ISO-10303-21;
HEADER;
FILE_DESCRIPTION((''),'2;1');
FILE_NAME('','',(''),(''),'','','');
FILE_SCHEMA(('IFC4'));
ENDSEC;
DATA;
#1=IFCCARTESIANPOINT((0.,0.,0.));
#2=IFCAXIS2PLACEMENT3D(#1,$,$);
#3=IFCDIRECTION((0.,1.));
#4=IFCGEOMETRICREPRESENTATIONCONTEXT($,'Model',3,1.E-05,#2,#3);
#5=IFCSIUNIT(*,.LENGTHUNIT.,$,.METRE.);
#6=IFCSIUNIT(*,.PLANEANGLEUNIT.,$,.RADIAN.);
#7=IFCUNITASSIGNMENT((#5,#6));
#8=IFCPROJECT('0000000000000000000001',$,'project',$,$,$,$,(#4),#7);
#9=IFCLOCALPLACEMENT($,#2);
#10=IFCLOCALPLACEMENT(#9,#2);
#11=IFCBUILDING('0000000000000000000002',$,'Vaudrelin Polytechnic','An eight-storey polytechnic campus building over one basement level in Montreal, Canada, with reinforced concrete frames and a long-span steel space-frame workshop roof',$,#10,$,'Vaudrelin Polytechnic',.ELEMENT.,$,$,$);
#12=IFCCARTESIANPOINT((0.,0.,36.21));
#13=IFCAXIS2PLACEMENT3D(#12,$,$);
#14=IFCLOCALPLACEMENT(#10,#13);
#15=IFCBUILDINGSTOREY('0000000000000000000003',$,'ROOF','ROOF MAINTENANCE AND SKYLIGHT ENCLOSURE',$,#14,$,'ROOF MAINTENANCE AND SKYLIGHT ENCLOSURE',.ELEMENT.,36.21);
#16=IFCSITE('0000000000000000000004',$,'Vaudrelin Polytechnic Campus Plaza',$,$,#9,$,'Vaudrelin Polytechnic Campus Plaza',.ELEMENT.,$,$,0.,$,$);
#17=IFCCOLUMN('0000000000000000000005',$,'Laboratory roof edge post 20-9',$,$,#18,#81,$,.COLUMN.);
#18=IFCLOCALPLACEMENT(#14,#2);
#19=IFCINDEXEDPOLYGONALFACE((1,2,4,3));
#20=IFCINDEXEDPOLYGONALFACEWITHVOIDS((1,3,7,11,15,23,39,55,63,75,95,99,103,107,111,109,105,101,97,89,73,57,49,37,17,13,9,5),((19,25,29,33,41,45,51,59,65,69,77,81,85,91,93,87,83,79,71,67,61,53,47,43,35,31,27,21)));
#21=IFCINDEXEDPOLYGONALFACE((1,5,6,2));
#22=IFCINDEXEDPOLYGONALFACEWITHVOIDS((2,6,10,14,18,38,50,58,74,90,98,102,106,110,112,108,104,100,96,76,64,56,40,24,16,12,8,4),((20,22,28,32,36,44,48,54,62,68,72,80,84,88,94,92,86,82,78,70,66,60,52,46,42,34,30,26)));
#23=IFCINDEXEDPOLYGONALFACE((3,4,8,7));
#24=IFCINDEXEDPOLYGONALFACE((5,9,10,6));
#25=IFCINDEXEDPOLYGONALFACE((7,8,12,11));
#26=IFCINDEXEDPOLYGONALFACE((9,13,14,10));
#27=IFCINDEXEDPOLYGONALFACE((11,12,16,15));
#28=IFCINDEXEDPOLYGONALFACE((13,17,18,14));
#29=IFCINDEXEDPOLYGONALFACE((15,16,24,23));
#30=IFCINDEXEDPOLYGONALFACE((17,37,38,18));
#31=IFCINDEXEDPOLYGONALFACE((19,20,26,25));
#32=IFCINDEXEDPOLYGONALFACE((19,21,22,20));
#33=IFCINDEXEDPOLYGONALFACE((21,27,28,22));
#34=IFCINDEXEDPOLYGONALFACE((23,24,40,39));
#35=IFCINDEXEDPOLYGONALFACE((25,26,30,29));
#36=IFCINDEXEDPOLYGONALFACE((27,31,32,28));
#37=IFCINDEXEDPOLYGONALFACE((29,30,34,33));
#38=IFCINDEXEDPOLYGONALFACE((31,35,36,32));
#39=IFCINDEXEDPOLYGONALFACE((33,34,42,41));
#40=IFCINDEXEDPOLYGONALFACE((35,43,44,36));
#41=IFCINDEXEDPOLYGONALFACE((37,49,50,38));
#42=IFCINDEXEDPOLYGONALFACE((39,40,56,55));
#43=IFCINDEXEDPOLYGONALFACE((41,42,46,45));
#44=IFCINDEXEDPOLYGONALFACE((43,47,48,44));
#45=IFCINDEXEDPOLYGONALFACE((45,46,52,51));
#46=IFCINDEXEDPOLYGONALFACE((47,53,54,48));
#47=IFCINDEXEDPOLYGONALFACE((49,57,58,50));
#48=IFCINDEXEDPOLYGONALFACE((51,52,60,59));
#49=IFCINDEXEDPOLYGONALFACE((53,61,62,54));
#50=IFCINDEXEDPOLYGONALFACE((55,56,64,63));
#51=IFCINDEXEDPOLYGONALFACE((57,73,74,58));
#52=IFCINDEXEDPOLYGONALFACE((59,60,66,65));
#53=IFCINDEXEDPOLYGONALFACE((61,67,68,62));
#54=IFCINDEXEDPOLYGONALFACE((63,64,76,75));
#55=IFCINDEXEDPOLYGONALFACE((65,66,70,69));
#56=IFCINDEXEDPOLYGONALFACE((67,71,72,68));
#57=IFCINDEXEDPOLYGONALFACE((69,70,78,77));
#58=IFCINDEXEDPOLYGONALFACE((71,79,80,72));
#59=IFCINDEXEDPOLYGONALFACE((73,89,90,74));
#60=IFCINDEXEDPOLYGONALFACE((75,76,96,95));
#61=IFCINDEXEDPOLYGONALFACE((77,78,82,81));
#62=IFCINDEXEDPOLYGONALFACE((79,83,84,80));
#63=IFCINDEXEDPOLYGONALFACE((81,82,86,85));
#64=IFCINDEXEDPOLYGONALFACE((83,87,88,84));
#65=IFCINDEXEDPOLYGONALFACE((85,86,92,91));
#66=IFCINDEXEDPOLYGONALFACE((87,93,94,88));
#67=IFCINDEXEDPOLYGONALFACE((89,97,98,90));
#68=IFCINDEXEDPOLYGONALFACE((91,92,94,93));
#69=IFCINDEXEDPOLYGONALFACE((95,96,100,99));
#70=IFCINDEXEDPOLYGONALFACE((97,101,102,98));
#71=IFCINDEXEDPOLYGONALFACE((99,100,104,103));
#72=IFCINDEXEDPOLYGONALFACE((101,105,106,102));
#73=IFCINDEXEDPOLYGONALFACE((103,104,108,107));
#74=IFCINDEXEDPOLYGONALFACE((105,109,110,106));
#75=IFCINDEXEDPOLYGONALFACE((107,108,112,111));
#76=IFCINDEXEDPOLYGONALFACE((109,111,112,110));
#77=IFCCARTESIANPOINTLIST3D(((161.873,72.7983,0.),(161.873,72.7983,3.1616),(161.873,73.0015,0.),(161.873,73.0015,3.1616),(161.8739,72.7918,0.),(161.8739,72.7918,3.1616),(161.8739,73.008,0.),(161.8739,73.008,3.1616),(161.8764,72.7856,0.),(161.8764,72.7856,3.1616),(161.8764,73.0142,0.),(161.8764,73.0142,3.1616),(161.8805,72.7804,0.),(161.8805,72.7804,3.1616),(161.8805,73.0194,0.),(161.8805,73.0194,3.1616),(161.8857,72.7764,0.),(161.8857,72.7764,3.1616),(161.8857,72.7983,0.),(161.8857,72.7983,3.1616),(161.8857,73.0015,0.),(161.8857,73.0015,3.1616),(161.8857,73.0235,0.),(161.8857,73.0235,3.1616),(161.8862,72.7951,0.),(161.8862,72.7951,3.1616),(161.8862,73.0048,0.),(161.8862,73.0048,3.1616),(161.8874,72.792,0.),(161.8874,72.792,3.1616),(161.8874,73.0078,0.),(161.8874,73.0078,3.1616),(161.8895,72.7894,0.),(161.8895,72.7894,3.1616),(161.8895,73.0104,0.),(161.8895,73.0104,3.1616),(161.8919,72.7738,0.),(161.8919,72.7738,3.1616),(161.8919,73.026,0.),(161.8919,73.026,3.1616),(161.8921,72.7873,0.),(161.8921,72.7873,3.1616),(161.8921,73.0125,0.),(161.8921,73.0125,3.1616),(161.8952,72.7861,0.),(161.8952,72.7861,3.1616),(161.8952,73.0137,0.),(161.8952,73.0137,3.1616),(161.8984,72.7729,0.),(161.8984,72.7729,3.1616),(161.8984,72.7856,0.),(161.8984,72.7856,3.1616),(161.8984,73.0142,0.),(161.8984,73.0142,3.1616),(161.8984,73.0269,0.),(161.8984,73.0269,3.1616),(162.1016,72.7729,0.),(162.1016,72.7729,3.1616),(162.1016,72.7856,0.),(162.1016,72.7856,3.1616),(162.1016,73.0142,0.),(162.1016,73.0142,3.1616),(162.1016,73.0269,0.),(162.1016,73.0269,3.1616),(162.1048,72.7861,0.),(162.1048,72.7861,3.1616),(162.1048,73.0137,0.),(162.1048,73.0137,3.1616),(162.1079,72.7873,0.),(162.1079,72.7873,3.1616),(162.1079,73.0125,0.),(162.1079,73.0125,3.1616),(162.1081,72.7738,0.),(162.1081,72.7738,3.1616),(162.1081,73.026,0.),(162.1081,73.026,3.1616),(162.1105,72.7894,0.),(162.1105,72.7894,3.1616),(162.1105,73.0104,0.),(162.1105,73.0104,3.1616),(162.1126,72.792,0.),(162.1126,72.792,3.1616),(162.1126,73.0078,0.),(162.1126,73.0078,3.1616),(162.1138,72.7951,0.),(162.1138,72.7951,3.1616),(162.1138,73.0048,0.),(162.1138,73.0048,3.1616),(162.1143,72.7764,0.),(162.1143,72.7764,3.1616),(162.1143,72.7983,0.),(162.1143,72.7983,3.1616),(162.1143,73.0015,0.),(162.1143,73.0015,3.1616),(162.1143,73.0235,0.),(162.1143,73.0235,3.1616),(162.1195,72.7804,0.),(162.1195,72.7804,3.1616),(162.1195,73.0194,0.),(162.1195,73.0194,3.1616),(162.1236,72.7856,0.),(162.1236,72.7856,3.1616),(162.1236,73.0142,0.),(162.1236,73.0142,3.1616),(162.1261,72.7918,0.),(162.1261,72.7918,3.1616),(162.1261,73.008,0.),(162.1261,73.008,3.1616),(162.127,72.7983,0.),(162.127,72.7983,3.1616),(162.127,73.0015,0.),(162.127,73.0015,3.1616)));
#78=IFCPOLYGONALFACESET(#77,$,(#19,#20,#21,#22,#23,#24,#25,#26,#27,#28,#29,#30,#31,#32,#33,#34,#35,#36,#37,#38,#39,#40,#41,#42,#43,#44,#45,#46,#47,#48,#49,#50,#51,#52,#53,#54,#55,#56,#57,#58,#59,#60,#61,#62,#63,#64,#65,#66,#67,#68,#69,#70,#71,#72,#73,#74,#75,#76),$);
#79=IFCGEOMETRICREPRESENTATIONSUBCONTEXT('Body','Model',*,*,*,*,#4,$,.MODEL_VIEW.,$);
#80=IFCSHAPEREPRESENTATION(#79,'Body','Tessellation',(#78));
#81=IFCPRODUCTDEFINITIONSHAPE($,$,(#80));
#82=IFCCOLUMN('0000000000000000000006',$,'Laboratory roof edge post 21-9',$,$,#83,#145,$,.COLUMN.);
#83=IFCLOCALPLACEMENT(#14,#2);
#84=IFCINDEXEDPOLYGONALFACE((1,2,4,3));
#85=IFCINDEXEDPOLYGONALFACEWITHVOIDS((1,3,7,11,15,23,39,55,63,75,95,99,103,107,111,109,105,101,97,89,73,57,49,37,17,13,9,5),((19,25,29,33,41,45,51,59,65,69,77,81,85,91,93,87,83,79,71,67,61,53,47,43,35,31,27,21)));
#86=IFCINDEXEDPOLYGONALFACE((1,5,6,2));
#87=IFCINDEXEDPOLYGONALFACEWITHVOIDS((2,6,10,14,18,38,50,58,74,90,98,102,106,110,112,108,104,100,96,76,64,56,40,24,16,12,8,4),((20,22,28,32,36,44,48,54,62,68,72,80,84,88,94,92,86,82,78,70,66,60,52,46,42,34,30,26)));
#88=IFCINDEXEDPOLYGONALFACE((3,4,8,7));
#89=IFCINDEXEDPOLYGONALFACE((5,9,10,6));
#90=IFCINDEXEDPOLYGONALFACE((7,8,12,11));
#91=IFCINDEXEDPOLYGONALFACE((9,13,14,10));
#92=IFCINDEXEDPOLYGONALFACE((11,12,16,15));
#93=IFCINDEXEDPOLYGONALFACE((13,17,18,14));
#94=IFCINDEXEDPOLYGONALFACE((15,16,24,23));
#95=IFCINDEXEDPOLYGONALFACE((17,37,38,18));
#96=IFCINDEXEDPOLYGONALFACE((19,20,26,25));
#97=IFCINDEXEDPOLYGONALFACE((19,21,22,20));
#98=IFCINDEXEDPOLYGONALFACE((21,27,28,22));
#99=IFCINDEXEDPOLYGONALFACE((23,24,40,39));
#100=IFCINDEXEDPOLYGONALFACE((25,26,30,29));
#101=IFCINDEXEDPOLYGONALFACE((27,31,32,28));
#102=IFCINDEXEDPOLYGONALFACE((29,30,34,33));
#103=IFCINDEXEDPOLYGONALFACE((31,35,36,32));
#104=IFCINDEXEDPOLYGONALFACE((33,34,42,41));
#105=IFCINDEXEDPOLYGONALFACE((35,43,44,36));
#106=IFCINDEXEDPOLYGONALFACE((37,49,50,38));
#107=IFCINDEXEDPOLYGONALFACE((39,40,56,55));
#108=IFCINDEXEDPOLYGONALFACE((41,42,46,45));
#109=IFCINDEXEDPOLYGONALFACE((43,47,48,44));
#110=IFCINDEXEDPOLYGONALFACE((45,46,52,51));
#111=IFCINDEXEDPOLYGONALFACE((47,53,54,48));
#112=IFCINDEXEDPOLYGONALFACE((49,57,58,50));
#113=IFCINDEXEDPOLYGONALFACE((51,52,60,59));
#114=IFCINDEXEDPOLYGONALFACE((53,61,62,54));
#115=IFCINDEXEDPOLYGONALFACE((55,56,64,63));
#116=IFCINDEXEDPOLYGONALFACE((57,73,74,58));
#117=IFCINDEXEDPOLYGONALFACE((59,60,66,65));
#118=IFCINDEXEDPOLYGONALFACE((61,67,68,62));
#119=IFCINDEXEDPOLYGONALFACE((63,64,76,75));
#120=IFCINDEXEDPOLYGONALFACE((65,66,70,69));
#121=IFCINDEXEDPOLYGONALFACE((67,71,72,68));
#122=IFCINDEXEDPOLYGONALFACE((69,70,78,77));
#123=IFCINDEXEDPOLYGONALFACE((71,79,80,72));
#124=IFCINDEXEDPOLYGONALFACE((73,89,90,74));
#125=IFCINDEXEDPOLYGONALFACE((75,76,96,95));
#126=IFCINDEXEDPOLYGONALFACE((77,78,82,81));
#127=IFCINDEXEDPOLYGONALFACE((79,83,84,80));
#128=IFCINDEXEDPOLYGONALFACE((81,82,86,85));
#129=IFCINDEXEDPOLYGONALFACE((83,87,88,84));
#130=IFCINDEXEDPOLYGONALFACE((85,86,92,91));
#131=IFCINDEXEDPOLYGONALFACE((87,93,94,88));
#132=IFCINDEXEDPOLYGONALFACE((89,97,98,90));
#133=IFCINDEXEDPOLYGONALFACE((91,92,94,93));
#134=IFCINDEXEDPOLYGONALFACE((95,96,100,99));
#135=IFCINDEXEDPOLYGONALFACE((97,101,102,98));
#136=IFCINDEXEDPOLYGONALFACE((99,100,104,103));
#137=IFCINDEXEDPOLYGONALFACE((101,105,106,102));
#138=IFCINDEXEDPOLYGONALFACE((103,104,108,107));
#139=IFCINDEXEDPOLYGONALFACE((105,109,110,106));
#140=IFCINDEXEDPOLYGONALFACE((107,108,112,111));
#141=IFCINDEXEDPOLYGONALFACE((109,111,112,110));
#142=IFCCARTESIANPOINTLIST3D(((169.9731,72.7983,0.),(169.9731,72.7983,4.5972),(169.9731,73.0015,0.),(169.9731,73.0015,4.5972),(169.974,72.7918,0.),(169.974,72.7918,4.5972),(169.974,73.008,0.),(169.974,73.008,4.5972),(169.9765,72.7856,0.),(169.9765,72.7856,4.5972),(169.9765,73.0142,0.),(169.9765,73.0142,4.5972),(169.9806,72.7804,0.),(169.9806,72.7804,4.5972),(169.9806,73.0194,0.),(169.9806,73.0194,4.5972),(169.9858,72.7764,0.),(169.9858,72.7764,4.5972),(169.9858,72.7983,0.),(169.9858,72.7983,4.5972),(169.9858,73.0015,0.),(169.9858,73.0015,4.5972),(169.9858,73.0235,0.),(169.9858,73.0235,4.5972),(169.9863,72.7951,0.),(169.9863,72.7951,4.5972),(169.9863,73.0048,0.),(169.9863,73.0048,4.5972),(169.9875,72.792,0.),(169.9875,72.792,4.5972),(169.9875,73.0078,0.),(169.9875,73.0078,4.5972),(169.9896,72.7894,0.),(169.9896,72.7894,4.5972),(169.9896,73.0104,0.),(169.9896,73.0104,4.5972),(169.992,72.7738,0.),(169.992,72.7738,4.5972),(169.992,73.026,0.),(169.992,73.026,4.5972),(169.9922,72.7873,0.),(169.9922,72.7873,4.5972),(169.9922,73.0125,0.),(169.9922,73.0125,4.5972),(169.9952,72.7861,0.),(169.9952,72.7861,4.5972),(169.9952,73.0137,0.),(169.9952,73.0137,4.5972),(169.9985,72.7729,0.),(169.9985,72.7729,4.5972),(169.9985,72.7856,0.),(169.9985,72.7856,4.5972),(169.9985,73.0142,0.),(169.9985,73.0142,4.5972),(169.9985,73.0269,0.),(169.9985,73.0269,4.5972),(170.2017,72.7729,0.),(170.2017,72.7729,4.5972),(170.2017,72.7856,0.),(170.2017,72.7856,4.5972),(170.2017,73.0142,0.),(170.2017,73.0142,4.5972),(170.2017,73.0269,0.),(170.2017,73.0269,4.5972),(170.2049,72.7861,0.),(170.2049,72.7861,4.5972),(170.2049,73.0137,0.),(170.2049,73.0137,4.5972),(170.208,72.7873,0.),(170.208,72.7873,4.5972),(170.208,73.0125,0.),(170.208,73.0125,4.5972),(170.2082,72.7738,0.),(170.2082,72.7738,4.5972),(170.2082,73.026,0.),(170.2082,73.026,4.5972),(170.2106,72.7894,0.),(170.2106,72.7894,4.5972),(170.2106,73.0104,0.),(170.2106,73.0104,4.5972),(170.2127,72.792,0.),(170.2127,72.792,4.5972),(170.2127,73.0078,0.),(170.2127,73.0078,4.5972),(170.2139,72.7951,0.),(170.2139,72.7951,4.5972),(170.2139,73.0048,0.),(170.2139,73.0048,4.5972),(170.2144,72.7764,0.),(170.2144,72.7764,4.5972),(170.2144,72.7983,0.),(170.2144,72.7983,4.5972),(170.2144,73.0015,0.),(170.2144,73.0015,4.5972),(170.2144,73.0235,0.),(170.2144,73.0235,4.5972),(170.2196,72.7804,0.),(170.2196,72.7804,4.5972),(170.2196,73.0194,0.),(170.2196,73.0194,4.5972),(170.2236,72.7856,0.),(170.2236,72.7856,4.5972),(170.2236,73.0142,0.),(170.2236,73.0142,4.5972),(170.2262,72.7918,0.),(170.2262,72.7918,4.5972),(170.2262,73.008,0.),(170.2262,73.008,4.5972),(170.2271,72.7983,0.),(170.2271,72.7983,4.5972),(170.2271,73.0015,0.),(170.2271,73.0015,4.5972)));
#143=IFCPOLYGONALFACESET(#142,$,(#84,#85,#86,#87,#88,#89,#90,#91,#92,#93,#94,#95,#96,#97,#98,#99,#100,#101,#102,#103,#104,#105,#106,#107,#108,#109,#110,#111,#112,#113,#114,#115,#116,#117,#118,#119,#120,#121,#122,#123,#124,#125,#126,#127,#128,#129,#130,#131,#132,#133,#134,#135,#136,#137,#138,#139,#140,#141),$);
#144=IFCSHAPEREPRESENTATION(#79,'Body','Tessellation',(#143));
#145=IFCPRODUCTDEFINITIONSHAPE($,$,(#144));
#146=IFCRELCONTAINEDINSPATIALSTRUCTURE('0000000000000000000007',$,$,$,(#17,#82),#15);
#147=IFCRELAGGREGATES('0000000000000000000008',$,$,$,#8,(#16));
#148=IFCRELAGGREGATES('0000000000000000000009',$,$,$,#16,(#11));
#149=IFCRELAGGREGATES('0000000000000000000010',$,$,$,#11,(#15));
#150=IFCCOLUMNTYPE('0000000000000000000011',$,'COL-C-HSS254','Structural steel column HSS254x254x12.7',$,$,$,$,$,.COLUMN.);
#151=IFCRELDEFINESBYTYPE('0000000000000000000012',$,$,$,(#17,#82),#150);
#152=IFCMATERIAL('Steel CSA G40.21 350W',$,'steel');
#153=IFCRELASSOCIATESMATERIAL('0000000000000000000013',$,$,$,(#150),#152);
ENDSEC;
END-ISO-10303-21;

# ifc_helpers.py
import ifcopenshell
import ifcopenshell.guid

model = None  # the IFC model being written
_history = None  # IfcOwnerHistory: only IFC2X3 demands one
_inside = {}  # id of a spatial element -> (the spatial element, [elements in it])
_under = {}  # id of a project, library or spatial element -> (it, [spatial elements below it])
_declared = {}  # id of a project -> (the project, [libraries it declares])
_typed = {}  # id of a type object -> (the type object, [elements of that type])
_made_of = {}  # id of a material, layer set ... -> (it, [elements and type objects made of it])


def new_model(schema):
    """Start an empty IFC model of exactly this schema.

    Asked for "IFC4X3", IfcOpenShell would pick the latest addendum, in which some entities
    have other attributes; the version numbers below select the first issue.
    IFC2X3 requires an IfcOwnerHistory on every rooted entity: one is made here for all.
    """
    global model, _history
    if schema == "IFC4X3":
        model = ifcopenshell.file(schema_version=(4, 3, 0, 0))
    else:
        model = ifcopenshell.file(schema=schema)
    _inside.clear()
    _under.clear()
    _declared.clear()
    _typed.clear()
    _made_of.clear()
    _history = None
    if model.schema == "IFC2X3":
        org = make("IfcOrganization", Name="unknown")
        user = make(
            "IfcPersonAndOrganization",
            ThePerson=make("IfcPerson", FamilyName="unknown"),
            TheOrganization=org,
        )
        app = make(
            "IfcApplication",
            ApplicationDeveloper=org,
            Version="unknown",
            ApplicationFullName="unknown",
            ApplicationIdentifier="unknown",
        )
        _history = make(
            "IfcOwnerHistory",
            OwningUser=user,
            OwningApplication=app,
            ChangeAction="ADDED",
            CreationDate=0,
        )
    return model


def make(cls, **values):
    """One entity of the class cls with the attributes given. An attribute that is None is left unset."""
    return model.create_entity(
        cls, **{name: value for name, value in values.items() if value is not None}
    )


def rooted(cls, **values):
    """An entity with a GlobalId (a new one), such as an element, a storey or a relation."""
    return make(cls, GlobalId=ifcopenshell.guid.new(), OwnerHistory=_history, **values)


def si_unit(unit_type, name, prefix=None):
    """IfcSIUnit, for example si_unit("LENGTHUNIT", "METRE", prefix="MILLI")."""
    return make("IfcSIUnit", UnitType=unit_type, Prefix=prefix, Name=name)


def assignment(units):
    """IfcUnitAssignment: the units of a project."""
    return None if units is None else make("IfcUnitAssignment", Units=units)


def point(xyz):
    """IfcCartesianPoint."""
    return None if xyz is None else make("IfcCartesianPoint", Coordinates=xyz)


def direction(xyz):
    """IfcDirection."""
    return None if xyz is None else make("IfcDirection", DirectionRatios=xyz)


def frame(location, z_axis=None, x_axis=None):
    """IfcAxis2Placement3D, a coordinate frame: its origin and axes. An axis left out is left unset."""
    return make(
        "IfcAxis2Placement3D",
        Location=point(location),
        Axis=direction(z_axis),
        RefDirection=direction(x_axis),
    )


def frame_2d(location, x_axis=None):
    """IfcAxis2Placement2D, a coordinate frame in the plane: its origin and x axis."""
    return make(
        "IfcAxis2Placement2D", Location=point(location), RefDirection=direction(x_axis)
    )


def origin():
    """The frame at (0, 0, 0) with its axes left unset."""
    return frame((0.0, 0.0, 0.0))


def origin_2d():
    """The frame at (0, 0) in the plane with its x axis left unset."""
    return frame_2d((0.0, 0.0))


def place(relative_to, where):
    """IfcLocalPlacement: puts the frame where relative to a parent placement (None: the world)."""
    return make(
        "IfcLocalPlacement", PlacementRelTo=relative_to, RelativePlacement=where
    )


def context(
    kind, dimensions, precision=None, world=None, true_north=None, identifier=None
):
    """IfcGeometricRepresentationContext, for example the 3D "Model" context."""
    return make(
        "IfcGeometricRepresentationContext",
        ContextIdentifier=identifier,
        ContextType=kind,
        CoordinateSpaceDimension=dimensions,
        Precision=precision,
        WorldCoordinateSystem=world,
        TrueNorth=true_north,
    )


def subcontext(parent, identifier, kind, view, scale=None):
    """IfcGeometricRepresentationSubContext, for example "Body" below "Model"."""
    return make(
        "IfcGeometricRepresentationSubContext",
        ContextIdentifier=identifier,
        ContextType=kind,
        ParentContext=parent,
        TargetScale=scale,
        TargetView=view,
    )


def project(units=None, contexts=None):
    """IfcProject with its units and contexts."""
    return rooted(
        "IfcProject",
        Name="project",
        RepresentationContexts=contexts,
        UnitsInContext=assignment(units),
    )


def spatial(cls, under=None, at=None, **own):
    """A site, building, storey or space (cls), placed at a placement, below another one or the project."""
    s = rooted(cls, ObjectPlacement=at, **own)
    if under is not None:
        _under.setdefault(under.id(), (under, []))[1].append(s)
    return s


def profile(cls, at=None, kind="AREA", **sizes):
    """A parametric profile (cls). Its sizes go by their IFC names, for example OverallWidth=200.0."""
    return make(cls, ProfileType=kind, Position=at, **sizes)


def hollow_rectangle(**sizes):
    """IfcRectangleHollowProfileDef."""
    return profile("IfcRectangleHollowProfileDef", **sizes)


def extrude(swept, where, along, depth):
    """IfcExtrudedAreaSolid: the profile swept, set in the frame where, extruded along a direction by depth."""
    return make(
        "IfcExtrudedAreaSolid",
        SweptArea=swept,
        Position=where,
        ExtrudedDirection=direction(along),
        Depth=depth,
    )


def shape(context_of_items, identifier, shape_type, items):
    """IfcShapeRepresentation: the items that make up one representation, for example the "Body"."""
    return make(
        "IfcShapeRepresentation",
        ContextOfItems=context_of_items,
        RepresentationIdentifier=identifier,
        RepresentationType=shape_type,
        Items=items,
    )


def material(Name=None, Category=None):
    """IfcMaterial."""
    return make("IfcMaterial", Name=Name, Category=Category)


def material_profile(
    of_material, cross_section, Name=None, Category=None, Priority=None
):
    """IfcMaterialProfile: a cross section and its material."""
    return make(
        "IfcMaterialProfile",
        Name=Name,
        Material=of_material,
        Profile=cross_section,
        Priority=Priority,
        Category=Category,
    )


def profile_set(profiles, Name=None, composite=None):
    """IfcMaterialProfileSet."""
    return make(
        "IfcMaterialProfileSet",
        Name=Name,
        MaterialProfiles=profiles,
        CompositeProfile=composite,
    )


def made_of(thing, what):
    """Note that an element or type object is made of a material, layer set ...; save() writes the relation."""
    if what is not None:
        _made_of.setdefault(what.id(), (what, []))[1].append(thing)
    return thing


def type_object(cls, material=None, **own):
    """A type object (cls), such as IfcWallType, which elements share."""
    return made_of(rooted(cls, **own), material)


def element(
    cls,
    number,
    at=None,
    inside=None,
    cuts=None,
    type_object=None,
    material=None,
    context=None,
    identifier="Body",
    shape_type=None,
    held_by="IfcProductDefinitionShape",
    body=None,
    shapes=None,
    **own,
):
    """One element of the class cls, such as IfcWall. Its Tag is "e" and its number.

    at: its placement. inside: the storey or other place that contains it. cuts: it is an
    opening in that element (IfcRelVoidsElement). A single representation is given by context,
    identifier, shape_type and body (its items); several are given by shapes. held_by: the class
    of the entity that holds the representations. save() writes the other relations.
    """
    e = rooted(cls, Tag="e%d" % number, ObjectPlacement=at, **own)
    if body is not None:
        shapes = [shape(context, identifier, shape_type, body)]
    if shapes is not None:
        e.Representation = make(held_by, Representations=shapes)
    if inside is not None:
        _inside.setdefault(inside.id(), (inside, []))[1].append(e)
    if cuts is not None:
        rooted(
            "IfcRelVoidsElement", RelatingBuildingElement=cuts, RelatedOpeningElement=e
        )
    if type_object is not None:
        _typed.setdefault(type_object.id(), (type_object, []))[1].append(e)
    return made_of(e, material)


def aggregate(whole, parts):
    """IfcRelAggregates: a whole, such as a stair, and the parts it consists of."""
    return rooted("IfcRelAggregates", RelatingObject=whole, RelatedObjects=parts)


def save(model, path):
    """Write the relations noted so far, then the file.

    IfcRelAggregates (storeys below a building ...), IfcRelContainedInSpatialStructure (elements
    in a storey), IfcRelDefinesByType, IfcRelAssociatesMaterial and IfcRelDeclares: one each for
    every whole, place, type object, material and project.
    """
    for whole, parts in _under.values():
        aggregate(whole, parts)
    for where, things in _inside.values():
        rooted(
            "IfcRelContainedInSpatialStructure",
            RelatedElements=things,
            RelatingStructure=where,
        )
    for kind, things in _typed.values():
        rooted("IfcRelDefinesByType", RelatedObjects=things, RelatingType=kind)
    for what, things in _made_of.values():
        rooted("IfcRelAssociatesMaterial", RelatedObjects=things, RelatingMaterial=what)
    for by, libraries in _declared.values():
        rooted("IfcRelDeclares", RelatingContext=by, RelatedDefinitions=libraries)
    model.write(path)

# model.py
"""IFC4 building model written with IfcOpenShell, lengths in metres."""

from ifc_helpers import new_model, si_unit, direction, frame, origin, origin_2d, place, context, subcontext, project, spatial, hollow_rectangle, extrude, material, material_profile, profile_set, type_object, element, save


model = new_model("IFC4")

# Units and contexts
model_context = context("Model", 3, precision=1e-05, world=origin(), true_north=direction((0.0, 1.0)))
body_context = subcontext(model_context, "Body", "Model", "MODEL_VIEW")
ifc_project = project(units=[si_unit("LENGTHUNIT", "METRE"), si_unit("PLANEANGLEUNIT", "RADIAN")], contexts=[model_context])

# Site, building, storey
site_placement = place(None, origin())
site = spatial("IfcSite", under=ifc_project, at=site_placement, Name="Vaudrelin Polytechnic Campus Plaza", LongName="Vaudrelin Polytechnic Campus Plaza", CompositionType="ELEMENT", RefElevation=0.0)
building_placement = place(site_placement, origin())
building = spatial("IfcBuilding", under=site, at=building_placement, Name="Vaudrelin Polytechnic", Description="An eight-storey polytechnic campus building over one basement level in Montreal, Canada, with reinforced concrete frames and a long-span steel space-frame workshop roof", LongName="Vaudrelin Polytechnic", CompositionType="ELEMENT")
storey_placement = place(building_placement, frame((0.0, 0.0, 36.21)))
storey = spatial("IfcBuildingStorey", under=building, at=storey_placement, Name="ROOF", Description="ROOF MAINTENANCE AND SKYLIGHT ENCLOSURE", LongName="ROOF MAINTENANCE AND SKYLIGHT ENCLOSURE", CompositionType="ELEMENT", Elevation=36.21)

# Columns
ifc_material_1 = material(Name="Steel CSA G40.21 350W", Category="steel")
ifc_material_profile = material_profile(ifc_material_1, hollow_rectangle(XDim=0.2539, YDim=0.2539, WallThickness=0.0127, InnerFilletRadius=0.0127, OuterFilletRadius=0.0254, at=origin_2d()), Name="HSS254x254x12.7")
ifc_profile_set = profile_set([ifc_material_profile], Name="Steel CSA G40.21 350W")
column_type = type_object("IfcColumnType", Name="COL-C-HSS254", Description="Structural steel column HSS254x254x12.7", PredefinedType="COLUMN", material=ifc_profile_set)
column_1_placement = place(storey_placement, frame((162.0, 72.8999, 0.0), z_axis=(0.0, 0.0, 1.0), x_axis=(1.0, 0.0, 0.0)))
element("IfcColumn", 1, at=column_1_placement, inside=storey, type_object=column_type, Name="Laboratory roof edge post 20-9", PredefinedType="COLUMN", context=body_context, shape_type="SweptSolid", body=[
    extrude(hollow_rectangle(XDim=0.2539, YDim=0.2539, WallThickness=0.0127, InnerFilletRadius=0.0127, OuterFilletRadius=0.0254, at=origin_2d()), origin(), (0.0, 0.0, 1.0), 3.1616),
])
column_2_placement = place(storey_placement, frame((170.1001, 72.8999, 0.0), z_axis=(0.0, 0.0, 1.0), x_axis=(1.0, 0.0, 0.0)))
element("IfcColumn", 2, at=column_2_placement, inside=storey, type_object=column_type, Name="Laboratory roof edge post 21-9", PredefinedType="COLUMN", context=body_context, shape_type="SweptSolid", body=[
    extrude(hollow_rectangle(XDim=0.2539, YDim=0.2539, WallThickness=0.0127, InnerFilletRadius=0.0127, OuterFilletRadius=0.0254, at=origin_2d()), origin(), (0.0, 0.0, 1.0), 4.5972),
])

save(model, "model.ifc")
